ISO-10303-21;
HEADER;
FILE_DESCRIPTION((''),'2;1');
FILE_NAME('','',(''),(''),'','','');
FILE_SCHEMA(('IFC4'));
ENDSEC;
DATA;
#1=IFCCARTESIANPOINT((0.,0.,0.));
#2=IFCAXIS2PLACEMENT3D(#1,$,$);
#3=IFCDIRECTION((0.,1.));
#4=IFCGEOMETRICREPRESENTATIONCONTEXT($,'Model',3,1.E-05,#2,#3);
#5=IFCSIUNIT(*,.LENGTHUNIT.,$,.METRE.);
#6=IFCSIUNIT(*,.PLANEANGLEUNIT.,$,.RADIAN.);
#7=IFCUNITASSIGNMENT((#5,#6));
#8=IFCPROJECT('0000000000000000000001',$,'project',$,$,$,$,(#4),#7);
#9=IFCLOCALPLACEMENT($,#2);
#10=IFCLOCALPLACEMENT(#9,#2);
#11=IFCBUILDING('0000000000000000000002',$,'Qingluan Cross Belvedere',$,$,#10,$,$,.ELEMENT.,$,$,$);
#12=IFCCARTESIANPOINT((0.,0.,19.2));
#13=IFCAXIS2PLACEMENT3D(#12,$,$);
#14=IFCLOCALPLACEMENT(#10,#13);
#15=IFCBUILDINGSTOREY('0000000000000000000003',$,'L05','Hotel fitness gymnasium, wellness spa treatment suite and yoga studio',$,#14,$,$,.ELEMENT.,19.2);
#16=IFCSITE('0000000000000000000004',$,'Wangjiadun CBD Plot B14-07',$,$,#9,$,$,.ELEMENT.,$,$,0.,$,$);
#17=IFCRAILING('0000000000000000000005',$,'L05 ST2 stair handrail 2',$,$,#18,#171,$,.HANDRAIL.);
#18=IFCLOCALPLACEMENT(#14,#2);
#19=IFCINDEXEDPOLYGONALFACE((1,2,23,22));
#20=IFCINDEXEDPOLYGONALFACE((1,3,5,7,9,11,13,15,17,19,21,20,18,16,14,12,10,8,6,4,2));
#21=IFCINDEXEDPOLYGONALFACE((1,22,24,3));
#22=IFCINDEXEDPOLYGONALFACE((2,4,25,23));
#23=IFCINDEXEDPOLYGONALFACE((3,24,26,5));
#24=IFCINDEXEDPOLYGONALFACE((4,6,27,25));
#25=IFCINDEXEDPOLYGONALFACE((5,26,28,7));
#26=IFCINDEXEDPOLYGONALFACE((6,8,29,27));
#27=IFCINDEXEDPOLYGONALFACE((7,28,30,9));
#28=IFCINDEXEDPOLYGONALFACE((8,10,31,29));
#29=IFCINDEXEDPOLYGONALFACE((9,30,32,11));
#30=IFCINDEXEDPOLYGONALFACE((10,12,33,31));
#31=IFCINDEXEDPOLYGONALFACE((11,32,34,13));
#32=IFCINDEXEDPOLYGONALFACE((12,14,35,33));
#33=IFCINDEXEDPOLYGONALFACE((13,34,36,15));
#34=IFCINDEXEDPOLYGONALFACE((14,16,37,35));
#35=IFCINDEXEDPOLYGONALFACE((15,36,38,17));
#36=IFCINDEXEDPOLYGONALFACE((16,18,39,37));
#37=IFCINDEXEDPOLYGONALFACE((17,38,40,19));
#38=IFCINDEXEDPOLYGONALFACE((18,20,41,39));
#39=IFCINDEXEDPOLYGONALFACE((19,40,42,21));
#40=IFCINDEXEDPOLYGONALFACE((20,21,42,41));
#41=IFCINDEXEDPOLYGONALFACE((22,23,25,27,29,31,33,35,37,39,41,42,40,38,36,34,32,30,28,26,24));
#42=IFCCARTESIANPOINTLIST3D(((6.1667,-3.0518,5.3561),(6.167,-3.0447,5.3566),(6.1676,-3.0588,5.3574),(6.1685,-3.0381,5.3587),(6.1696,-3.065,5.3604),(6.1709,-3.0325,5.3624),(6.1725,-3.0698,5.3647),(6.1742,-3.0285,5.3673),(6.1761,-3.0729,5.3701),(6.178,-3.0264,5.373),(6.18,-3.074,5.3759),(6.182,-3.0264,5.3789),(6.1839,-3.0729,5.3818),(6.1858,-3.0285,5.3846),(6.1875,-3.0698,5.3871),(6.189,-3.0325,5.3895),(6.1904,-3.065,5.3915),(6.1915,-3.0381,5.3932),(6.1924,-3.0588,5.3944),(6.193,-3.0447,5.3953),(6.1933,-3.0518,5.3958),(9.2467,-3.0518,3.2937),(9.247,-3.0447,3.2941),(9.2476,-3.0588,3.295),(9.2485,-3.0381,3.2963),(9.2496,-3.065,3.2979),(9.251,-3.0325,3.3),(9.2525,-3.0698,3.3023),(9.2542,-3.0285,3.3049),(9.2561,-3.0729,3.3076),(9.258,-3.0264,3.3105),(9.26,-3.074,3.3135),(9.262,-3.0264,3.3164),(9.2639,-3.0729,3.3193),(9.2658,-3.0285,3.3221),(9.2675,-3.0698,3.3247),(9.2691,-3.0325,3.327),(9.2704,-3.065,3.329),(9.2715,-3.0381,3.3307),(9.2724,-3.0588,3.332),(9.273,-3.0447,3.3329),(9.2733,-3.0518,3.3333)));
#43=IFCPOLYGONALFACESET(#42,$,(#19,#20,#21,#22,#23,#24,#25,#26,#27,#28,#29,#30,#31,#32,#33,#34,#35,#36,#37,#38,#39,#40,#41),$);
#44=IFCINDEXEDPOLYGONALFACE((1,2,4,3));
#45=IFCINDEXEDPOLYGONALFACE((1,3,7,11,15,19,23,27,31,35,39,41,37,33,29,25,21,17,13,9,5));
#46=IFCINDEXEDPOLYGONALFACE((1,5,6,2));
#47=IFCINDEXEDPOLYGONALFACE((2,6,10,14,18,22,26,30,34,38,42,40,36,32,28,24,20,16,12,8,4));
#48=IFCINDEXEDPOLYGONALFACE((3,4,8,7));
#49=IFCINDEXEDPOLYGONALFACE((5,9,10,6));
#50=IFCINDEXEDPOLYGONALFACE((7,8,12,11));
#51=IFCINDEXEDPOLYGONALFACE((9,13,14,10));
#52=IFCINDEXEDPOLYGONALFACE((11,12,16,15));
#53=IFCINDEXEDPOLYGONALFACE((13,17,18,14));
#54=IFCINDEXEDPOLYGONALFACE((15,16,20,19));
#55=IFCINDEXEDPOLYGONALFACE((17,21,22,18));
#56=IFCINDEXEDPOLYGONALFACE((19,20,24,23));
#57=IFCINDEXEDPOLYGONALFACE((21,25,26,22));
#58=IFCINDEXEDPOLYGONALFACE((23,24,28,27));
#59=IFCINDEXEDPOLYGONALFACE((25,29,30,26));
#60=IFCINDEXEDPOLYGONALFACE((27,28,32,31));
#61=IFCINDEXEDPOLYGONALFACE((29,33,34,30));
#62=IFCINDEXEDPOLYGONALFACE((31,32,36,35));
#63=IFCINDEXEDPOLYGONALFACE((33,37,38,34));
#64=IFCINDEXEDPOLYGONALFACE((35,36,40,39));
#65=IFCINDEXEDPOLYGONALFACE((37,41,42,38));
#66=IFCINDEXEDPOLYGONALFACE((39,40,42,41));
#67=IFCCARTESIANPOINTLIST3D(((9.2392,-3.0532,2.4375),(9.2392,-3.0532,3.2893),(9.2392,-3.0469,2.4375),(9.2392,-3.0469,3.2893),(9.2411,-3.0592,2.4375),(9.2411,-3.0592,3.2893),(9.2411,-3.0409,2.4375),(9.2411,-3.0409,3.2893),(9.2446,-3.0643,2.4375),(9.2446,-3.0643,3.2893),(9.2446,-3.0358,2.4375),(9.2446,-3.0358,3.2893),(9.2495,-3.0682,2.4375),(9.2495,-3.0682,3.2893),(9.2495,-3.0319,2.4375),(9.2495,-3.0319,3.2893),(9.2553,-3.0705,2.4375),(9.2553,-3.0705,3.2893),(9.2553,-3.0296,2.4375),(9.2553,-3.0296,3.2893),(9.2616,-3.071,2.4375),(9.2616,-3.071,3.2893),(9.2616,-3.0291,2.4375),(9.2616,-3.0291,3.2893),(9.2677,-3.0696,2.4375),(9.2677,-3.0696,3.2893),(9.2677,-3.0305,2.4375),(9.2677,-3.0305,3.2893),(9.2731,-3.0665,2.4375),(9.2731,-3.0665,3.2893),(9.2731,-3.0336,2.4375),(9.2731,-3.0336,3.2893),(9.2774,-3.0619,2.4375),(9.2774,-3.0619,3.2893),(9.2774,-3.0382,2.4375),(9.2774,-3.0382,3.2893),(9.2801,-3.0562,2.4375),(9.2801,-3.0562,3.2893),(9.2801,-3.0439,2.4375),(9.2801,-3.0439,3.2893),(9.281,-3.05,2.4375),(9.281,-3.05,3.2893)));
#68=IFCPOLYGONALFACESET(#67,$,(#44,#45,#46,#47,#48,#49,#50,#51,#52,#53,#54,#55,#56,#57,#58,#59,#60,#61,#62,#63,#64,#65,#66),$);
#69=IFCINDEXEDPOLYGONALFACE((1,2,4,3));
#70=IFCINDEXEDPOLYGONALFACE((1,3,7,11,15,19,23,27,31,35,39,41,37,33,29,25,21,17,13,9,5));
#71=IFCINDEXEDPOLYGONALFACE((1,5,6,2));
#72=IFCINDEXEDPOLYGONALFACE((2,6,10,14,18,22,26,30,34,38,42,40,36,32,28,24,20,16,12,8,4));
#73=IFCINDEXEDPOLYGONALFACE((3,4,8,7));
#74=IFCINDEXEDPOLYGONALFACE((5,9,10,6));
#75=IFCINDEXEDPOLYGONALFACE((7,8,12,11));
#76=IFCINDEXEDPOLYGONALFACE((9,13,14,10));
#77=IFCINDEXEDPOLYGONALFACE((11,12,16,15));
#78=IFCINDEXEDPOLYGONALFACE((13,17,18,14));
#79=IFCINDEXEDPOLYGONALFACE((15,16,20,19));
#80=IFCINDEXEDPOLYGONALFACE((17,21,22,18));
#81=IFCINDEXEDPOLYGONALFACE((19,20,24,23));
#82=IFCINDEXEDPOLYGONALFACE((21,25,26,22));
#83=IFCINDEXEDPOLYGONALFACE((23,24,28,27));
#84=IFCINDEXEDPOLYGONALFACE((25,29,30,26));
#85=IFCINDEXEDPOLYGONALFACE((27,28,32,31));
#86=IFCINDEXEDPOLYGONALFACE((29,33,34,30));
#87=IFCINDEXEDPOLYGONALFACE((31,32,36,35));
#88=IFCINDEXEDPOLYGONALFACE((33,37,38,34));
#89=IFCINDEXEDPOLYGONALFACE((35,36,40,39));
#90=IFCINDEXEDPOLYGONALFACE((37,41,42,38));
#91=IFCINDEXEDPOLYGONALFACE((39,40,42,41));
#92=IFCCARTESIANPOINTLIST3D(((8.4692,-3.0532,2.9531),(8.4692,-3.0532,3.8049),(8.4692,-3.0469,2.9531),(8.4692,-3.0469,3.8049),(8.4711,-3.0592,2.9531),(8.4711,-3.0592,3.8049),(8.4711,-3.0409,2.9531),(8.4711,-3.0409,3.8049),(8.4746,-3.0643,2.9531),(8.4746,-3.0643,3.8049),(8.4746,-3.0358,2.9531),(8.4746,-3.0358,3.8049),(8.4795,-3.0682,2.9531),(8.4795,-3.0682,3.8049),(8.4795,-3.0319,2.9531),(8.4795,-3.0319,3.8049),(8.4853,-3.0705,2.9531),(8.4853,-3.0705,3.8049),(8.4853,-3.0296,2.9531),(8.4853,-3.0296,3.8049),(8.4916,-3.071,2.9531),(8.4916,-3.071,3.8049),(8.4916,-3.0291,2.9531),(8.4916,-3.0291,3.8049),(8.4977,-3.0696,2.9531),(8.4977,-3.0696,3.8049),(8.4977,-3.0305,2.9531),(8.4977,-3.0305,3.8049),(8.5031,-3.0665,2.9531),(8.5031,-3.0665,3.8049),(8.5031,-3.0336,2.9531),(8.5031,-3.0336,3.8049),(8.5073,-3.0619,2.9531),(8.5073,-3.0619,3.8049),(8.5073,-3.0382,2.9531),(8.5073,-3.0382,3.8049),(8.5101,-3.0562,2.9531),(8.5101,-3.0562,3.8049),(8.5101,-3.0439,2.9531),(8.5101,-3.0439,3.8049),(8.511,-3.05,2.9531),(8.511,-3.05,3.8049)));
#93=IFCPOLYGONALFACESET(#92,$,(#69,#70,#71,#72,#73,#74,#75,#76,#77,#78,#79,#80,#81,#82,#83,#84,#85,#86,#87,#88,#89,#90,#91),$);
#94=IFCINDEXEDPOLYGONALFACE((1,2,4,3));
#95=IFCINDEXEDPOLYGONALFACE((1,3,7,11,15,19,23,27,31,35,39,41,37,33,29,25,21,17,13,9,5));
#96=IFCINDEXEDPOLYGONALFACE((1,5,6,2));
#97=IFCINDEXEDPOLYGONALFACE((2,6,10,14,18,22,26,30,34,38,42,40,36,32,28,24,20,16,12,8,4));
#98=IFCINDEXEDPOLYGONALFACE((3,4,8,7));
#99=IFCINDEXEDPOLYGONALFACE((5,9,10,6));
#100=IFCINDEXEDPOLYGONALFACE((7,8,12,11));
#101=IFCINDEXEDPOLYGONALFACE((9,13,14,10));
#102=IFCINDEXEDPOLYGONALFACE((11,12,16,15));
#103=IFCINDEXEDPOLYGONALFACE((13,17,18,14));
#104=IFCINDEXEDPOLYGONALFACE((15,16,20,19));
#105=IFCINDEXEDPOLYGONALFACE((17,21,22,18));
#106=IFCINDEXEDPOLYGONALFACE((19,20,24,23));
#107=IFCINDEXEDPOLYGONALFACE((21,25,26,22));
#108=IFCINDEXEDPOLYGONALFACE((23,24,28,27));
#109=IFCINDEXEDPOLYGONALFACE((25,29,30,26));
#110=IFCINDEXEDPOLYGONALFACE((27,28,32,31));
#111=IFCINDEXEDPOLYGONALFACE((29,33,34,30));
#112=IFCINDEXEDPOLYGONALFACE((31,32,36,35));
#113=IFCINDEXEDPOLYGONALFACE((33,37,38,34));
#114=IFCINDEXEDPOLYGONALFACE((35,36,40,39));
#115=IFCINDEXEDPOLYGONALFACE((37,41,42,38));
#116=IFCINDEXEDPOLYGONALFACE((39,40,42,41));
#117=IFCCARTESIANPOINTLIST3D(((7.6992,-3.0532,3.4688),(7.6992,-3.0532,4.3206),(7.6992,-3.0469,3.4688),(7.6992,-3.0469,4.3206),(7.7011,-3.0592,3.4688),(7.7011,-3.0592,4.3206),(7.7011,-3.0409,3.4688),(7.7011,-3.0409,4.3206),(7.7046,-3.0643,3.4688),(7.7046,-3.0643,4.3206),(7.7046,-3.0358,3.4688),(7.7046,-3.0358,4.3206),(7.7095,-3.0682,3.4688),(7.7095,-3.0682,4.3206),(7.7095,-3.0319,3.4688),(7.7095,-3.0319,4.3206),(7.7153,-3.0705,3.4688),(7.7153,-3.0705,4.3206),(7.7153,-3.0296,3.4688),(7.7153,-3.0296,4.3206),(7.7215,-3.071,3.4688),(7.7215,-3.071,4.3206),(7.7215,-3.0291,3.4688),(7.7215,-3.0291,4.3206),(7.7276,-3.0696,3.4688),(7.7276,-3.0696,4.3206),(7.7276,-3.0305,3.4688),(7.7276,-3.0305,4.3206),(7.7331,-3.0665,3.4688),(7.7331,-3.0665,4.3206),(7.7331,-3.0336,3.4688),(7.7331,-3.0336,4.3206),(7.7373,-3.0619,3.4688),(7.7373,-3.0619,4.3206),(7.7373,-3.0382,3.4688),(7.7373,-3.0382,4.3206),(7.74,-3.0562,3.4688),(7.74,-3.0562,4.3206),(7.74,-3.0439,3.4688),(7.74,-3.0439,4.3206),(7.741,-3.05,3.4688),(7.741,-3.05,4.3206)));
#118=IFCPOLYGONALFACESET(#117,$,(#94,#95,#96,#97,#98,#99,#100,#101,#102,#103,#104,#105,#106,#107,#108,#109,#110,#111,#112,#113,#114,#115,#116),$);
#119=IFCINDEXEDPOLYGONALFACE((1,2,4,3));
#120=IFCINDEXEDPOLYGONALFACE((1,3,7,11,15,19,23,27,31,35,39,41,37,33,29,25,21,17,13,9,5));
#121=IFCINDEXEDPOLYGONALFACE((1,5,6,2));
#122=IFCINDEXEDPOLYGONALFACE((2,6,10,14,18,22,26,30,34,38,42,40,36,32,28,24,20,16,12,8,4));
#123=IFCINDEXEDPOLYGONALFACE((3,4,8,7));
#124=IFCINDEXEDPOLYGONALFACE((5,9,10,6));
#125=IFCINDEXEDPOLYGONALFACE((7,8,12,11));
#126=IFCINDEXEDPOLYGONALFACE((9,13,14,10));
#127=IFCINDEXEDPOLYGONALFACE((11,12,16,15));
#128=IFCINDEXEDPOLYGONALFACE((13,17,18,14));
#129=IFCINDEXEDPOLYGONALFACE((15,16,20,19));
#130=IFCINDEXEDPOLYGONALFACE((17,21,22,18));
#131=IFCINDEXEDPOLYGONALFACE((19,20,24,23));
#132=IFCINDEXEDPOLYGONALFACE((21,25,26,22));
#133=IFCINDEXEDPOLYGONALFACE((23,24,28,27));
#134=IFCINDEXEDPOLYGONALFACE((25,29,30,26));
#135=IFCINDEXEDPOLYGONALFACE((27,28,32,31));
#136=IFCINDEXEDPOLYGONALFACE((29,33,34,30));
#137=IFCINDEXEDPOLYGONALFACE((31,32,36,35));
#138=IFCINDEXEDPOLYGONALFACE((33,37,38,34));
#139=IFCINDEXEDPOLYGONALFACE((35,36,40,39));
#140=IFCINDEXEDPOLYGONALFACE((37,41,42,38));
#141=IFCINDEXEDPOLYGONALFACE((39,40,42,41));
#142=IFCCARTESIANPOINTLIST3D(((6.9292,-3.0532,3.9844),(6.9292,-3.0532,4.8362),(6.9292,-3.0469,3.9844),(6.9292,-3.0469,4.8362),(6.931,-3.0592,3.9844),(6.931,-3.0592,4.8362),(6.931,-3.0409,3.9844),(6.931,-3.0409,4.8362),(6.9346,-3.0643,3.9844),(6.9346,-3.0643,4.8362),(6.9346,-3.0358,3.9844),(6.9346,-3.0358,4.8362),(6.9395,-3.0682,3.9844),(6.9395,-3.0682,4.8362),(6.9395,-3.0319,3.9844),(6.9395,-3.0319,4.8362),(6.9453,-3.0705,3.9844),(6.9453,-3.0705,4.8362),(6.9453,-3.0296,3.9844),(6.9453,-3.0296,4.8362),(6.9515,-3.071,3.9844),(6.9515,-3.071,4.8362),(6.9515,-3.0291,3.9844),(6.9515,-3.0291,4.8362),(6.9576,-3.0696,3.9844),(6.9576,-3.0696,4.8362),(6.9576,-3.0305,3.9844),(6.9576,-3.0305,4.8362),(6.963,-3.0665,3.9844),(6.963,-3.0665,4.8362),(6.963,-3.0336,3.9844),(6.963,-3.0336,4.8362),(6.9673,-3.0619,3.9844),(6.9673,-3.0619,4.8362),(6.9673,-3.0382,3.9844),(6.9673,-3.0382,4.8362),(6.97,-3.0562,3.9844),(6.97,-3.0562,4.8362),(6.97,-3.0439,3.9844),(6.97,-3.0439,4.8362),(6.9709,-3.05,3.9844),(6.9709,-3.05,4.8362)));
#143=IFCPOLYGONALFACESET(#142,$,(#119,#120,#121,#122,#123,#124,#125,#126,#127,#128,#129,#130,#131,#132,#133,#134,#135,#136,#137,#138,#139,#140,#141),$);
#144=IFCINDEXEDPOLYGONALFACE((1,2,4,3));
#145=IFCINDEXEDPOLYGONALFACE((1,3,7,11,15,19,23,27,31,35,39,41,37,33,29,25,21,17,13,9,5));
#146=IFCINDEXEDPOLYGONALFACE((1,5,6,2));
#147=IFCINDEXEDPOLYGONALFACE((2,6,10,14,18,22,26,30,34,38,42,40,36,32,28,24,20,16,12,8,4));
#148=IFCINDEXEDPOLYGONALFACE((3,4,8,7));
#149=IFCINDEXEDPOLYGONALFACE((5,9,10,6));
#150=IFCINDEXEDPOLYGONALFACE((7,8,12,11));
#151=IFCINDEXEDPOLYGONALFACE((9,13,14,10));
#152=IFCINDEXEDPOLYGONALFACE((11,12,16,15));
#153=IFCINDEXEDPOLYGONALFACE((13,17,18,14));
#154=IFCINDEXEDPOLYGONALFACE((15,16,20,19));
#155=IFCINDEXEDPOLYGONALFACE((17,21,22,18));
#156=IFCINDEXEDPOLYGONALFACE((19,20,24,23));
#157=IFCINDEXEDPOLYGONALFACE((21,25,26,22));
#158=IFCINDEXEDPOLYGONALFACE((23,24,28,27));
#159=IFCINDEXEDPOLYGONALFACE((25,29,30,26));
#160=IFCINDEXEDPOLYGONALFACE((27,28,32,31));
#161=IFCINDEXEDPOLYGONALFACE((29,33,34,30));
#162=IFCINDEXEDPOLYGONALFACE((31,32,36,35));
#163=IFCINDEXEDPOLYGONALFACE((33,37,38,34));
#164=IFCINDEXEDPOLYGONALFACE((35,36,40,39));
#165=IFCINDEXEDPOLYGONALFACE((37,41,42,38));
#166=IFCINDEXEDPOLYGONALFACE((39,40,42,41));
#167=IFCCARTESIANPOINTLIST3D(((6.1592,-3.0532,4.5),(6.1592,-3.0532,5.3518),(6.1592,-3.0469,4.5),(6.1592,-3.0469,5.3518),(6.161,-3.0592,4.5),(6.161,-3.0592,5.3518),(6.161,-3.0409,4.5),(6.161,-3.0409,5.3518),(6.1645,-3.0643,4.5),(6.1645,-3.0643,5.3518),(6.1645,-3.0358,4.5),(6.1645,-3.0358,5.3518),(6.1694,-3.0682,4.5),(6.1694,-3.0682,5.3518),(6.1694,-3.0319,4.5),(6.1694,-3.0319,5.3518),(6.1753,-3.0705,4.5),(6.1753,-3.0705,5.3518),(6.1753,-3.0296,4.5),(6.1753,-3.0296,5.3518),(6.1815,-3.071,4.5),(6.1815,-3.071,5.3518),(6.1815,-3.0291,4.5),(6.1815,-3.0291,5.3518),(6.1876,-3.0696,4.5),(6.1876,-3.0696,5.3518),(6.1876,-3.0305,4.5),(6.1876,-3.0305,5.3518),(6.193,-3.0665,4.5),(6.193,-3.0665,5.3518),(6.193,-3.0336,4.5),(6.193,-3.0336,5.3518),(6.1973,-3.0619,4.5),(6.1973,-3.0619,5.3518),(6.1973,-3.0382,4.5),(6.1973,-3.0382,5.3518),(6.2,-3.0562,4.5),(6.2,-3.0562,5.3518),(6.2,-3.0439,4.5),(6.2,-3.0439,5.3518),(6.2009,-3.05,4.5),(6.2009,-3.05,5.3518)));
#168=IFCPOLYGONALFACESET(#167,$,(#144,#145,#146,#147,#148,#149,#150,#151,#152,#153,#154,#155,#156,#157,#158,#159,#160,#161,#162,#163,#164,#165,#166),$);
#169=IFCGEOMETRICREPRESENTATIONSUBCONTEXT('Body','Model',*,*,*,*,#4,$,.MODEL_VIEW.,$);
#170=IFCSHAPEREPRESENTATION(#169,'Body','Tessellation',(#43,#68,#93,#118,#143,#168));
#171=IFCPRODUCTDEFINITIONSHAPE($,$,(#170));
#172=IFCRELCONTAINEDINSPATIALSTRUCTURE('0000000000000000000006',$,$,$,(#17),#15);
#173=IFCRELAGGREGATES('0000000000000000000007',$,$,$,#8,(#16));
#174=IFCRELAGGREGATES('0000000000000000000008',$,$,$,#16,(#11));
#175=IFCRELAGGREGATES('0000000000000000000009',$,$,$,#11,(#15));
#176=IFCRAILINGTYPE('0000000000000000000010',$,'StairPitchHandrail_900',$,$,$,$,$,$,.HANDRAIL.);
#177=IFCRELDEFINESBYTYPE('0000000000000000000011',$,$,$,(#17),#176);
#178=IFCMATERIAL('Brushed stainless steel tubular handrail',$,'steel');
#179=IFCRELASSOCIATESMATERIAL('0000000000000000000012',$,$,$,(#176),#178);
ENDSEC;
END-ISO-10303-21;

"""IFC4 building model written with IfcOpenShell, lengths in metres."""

from ifc_helpers import new_model, si_unit, direction, frame, origin, origin_2d, place, context, subcontext, project, spatial, circle, extrude, material, type_object, element, save


model = new_model("IFC4")

# Units and contexts
model_context = context("Model", 3, precision=1e-05, world=origin(), true_north=direction((0.0, 1.0)))
body_context = subcontext(model_context, "Body", "Model", "MODEL_VIEW")
ifc_project = project(units=[si_unit("LENGTHUNIT", "METRE"), si_unit("PLANEANGLEUNIT", "RADIAN")], contexts=[model_context])

# Site, building, storey
site_placement = place(None, origin())
site = spatial("IfcSite", under=ifc_project, at=site_placement, Name="Wangjiadun CBD Plot B14-07", CompositionType="ELEMENT", RefElevation=0.0)
building_placement = place(site_placement, origin())
building = spatial("IfcBuilding", under=site, at=building_placement, Name="Qingluan Cross Belvedere", CompositionType="ELEMENT")
storey_placement = place(building_placement, frame((0.0, 0.0, 19.2)))
storey = spatial("IfcBuildingStorey", under=building, at=storey_placement, Name="L05", Description="Hotel fitness gymnasium, wellness spa treatment suite and yoga studio", CompositionType="ELEMENT", Elevation=19.2)

# Railing
ifc_material_1 = material(Name="Brushed stainless steel tubular handrail", Category="steel")
railing_type_1 = type_object("IfcRailingType", Name="StairPitchHandrail_900", PredefinedType="HANDRAIL", material=ifc_material_1)
railing_1_placement = place(storey_placement, frame((9.26, -3.05, 2.4375)))
element("IfcRailing", 1, at=railing_1_placement, inside=storey, type_object=railing_type_1, Name="L05 ST2 stair handrail 2", PredefinedType="HANDRAIL", context=body_context, shape_type="SweptSolid", body=[
    extrude(circle(Radius=0.0239, at=origin_2d()), frame((0.0, 0.0, 0.876), z_axis=(-0.830914, 0.0, 0.556401), x_axis=(0.0, -1.0, 0.0)), (0.0, 0.0, 1.0), 3.7068),
    extrude(circle(Radius=0.021, at=origin_2d()), origin(), (0.0, 0.0, 1.0), 0.8518),
    extrude(circle(Radius=0.021, at=origin_2d()), frame((-0.77, 0.0, 0.5156)), (0.0, 0.0, 1.0), 0.8518),
    extrude(circle(Radius=0.021, at=origin_2d()), frame((-1.54, 0.0, 1.0312)), (0.0, 0.0, 1.0), 0.8518),
    extrude(circle(Radius=0.021, at=origin_2d()), frame((-2.3101, 0.0, 1.5469)), (0.0, 0.0, 1.0), 0.8518),
    extrude(circle(Radius=0.021, at=origin_2d()), frame((-3.0801, 0.0, 2.0625)), (0.0, 0.0, 1.0), 0.8518),
])

save(model, "model.ifc")
